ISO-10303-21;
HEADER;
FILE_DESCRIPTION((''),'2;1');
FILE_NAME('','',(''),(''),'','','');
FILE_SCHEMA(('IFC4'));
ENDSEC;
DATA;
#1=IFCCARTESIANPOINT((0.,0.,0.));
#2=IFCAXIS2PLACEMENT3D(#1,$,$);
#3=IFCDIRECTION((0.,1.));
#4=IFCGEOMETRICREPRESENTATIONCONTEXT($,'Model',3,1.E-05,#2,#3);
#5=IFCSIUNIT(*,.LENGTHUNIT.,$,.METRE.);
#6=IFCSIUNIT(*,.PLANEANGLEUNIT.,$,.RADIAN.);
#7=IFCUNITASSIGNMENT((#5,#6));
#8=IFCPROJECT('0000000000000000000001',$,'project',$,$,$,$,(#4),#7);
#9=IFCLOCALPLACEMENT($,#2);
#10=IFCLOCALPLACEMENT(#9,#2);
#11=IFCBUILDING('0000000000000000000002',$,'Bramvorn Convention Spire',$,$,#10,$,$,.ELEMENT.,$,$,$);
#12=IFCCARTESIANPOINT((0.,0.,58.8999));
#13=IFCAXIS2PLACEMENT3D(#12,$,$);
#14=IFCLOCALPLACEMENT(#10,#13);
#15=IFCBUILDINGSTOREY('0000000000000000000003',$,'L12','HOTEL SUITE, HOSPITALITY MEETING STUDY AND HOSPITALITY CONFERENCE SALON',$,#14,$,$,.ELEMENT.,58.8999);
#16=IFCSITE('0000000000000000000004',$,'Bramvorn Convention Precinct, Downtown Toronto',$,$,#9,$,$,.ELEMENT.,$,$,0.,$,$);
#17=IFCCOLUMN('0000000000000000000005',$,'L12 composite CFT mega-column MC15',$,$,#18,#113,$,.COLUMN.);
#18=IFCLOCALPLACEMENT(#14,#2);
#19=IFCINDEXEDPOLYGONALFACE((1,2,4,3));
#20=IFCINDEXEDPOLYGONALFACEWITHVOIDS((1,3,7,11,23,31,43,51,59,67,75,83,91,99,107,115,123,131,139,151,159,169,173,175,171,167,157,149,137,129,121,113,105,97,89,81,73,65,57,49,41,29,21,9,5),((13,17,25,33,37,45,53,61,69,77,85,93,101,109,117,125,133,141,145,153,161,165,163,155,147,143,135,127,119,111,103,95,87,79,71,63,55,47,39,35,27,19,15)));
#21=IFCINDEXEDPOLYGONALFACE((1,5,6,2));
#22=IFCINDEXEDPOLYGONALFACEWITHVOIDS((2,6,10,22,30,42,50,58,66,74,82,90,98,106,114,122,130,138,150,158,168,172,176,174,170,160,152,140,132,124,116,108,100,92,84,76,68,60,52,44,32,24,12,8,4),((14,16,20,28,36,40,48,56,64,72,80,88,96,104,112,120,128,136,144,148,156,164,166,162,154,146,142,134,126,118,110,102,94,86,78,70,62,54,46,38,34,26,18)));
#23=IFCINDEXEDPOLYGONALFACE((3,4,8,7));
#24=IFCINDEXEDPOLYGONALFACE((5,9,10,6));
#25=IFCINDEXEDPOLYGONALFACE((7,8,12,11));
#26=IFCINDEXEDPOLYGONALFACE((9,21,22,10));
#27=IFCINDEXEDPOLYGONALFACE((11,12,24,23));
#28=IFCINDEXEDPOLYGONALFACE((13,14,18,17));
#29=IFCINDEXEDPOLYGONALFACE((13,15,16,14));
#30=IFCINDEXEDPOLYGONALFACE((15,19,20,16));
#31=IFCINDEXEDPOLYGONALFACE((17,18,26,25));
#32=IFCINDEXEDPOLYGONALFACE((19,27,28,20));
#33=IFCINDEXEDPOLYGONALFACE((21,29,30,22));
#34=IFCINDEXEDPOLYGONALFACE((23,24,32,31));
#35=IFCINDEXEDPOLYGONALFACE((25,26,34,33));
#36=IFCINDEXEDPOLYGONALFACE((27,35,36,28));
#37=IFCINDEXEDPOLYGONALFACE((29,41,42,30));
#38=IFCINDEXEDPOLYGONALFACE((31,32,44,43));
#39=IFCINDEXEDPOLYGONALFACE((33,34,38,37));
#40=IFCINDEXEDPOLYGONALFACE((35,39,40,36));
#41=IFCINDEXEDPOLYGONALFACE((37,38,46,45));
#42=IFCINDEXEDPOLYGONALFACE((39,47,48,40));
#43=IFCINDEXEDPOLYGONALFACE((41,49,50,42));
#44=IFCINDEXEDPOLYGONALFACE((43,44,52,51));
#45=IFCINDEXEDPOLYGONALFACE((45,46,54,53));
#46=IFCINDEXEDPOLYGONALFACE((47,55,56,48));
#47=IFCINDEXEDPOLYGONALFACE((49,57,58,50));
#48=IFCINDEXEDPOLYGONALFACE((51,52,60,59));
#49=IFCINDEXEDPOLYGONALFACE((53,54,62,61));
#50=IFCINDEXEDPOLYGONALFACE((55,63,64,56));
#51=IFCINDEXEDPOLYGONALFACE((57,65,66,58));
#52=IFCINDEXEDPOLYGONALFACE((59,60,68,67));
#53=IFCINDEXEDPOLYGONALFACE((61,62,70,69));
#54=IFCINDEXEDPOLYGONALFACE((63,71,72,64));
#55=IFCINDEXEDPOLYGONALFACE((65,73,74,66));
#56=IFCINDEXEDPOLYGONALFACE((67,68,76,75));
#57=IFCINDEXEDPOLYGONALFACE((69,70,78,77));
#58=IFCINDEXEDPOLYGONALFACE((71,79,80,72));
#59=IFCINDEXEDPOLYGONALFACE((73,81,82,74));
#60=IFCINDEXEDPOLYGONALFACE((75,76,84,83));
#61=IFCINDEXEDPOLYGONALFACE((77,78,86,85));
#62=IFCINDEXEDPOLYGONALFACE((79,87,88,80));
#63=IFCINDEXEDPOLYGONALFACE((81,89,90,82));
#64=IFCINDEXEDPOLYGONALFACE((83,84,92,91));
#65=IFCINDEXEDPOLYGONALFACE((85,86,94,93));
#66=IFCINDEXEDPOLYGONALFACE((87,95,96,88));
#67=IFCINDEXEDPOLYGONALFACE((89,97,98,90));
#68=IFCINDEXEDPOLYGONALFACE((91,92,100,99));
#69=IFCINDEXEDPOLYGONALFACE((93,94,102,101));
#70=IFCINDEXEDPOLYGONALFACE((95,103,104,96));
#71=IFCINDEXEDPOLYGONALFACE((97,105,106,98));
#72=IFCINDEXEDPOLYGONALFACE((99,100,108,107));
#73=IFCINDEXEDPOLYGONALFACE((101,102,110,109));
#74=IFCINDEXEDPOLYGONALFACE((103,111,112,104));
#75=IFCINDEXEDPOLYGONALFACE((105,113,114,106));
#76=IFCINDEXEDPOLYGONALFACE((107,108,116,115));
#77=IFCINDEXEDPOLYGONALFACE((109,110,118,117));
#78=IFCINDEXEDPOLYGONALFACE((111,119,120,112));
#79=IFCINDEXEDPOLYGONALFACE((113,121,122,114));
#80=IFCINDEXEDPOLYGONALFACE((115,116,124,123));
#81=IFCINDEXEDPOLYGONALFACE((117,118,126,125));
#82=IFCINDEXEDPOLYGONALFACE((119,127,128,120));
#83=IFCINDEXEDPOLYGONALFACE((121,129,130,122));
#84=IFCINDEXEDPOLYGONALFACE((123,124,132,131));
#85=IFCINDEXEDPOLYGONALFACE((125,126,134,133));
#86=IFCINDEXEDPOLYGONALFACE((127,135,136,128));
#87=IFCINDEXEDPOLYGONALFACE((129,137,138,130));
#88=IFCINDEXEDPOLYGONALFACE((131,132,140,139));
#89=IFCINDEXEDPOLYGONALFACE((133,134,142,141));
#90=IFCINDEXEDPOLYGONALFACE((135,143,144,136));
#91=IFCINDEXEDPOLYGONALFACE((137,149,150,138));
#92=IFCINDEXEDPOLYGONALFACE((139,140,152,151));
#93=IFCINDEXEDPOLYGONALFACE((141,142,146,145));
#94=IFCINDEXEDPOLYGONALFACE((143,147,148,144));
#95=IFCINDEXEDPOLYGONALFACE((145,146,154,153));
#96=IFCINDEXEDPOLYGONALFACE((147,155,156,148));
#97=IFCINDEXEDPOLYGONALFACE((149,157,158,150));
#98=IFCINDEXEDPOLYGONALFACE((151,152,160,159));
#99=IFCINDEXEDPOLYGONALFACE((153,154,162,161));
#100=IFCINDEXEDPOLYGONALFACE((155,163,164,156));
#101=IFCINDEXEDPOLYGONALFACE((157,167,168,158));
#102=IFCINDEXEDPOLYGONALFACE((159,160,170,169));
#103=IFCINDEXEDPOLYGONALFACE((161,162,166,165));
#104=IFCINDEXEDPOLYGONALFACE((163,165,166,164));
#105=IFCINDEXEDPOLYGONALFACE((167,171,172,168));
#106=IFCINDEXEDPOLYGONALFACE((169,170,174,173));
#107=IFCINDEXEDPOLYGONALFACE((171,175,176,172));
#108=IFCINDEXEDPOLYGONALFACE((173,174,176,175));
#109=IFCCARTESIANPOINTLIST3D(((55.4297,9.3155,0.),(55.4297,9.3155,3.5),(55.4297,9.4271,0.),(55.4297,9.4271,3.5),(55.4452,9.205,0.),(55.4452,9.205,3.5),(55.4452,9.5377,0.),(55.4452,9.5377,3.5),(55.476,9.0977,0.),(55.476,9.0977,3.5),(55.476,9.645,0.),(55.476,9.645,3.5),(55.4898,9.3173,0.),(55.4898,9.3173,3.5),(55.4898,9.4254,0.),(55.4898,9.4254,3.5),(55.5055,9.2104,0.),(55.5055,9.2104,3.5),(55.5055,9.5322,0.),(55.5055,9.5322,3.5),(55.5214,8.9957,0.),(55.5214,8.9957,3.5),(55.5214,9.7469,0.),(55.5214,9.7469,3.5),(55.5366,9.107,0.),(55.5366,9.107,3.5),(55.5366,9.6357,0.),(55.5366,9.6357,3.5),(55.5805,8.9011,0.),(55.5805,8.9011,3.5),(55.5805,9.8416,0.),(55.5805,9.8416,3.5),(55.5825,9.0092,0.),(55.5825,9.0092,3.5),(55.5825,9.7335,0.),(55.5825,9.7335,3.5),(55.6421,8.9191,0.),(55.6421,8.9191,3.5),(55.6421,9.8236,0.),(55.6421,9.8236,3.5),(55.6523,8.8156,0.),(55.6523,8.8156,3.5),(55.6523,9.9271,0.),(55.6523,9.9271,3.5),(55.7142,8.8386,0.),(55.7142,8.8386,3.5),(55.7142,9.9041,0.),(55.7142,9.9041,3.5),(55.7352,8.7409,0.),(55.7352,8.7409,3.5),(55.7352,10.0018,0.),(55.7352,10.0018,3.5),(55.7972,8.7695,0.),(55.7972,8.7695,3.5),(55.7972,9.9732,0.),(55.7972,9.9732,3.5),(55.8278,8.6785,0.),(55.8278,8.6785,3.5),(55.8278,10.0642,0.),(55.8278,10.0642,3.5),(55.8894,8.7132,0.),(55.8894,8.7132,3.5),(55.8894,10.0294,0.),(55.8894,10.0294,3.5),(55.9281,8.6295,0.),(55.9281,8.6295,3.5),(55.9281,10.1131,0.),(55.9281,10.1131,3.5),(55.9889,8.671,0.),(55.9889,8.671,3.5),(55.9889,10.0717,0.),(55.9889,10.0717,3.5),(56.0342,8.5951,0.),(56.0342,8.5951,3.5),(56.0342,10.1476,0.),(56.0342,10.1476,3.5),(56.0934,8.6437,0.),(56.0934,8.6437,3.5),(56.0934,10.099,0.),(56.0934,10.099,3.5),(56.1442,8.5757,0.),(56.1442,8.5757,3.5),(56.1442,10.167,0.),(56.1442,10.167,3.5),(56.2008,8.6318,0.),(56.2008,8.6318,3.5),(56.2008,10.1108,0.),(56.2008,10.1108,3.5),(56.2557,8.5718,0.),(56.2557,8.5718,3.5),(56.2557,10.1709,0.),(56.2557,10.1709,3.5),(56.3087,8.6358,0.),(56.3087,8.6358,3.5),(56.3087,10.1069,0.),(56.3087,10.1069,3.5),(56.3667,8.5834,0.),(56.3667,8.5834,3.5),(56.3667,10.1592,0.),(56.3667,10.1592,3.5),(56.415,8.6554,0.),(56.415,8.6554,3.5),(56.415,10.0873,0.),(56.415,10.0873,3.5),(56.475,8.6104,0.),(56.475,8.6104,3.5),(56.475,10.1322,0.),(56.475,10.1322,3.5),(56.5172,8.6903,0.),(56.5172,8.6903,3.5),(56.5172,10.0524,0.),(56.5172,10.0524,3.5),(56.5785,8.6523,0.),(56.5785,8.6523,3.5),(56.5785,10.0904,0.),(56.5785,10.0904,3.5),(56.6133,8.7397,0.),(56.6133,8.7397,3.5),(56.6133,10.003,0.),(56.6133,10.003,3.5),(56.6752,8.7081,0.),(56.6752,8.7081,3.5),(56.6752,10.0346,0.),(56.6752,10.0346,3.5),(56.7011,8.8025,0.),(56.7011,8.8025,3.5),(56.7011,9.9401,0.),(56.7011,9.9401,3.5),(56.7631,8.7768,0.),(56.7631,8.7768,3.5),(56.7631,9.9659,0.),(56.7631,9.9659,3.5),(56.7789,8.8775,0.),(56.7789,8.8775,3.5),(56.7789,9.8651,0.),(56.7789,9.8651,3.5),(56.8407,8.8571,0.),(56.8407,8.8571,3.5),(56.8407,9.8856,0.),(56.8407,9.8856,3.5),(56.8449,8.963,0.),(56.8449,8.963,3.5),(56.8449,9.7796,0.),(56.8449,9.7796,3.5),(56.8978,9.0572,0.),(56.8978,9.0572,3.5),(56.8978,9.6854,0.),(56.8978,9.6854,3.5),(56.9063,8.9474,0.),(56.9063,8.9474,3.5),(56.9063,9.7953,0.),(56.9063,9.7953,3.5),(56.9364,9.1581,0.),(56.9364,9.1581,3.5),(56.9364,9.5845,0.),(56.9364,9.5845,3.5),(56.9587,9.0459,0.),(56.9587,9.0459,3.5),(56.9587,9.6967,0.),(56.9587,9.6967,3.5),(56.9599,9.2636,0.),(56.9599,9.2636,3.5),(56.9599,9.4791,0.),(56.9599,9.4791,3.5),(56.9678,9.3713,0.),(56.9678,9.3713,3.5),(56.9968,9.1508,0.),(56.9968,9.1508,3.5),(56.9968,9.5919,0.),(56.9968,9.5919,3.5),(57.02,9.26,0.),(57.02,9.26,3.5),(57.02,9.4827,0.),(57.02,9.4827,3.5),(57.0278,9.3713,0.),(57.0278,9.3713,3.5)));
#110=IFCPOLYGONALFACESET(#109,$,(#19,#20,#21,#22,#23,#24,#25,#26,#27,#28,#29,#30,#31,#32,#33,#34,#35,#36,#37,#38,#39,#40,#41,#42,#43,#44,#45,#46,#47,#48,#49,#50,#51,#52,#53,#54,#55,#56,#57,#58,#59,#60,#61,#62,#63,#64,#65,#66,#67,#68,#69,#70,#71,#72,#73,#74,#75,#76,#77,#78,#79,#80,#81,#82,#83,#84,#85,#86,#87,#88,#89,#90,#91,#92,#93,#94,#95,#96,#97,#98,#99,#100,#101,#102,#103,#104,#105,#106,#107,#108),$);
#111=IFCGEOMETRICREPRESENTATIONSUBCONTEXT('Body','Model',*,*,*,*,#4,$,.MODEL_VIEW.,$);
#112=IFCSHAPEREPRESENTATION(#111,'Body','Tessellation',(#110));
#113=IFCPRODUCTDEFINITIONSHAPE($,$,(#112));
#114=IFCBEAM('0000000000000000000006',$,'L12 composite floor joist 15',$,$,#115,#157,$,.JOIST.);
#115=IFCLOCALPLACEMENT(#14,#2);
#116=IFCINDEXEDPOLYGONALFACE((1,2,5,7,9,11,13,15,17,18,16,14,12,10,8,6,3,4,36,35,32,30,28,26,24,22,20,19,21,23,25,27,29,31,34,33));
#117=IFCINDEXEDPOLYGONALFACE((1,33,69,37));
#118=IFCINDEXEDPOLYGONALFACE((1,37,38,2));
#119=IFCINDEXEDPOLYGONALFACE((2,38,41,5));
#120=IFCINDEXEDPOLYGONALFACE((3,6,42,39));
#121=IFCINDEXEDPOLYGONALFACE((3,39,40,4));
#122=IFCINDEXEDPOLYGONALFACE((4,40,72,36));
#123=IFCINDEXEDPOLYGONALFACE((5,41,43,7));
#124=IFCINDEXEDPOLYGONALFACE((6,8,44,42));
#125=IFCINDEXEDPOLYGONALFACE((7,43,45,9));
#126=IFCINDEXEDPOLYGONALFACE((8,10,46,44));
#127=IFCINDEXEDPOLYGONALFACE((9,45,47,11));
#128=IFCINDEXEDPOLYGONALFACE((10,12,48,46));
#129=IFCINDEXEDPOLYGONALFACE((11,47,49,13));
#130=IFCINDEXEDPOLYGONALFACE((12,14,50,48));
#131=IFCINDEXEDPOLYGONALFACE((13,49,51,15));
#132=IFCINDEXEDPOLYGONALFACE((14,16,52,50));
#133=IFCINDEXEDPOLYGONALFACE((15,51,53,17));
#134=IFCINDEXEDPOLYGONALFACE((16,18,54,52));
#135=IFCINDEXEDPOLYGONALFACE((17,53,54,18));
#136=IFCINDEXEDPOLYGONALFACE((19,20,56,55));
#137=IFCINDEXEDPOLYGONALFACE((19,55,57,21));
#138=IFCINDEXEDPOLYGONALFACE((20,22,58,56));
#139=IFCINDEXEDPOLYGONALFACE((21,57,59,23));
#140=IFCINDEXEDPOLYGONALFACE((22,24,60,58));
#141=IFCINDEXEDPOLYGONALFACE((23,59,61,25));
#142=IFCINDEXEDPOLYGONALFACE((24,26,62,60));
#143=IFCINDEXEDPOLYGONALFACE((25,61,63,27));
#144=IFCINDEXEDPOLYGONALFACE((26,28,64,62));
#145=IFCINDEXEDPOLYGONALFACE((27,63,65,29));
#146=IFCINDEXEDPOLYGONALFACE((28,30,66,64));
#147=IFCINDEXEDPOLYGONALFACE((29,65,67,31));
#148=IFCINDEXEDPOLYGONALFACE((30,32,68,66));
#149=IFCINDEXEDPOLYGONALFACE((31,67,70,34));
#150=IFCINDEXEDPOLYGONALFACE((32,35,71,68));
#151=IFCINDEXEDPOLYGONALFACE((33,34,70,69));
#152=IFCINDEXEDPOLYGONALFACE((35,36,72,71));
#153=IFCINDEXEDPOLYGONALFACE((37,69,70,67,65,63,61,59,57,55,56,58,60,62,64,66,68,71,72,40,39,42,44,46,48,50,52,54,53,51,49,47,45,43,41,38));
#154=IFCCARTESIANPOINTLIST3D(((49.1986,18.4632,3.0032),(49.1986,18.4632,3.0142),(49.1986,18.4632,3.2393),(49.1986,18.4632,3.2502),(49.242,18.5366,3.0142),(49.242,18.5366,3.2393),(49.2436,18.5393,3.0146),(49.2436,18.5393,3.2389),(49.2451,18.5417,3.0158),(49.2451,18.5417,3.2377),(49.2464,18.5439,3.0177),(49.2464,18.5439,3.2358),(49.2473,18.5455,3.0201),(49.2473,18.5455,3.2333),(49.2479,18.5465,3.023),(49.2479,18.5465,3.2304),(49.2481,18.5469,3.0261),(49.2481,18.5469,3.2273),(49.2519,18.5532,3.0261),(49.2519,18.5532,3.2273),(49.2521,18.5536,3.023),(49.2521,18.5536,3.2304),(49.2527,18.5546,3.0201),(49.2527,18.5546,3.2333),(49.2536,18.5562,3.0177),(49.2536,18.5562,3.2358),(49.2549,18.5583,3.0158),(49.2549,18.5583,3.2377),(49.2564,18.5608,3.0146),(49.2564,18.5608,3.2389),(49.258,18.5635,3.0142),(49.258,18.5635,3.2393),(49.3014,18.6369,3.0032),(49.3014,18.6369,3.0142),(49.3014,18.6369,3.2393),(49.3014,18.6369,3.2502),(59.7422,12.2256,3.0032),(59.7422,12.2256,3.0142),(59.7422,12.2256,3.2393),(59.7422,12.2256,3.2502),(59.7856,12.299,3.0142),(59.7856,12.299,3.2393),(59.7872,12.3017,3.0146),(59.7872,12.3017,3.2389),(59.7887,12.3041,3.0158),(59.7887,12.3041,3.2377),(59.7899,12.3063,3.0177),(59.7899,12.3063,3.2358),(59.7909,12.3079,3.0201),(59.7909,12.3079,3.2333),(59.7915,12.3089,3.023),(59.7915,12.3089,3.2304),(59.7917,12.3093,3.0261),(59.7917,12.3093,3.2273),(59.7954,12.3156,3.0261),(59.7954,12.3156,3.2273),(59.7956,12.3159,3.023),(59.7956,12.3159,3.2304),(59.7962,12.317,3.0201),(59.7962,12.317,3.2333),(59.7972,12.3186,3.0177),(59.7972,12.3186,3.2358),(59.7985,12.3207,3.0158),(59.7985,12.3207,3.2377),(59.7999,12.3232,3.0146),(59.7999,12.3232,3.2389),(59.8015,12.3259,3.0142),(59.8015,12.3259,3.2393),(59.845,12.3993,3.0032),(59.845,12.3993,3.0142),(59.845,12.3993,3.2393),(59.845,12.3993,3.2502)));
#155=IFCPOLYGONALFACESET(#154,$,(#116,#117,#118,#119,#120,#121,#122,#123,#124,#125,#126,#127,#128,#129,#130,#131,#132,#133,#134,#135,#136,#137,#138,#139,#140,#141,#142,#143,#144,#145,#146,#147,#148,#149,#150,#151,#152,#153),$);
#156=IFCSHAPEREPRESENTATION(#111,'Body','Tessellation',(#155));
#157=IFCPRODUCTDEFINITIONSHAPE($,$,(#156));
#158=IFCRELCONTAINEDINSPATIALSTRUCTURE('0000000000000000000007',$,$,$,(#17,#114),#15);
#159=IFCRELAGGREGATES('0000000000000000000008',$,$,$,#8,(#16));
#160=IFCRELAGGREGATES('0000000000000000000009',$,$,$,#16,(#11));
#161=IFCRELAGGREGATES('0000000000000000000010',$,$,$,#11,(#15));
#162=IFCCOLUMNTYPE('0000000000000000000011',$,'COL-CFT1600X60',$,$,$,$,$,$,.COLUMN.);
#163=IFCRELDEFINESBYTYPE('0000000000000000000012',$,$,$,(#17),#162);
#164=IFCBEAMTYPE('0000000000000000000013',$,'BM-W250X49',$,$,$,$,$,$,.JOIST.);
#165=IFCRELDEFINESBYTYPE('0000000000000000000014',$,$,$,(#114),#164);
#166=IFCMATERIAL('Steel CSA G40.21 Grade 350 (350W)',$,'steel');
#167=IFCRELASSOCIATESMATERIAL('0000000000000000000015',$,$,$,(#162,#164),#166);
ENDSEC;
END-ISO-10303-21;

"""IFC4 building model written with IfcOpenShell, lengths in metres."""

from ifc_helpers import new_model, si_unit, direction, frame, origin, origin_2d, place, context, subcontext, project, spatial, hollow_circle, i_section, extrude, material, material_profile, profile_set, type_object, element, save


model = new_model("IFC4")

# Units and contexts
model_context = context("Model", 3, precision=1e-05, world=origin(), true_north=direction((0.0, 1.0)))
body_context = subcontext(model_context, "Body", "Model", "MODEL_VIEW")
ifc_project = project(units=[si_unit("LENGTHUNIT", "METRE"), si_unit("PLANEANGLEUNIT", "RADIAN")], contexts=[model_context])

# Site, building, storey
site_placement = place(None, origin())
site = spatial("IfcSite", under=ifc_project, at=site_placement, Name="Bramvorn Convention Precinct, Downtown Toronto", CompositionType="ELEMENT", RefElevation=0.0)
building_placement = place(site_placement, origin())
building = spatial("IfcBuilding", under=site, at=building_placement, Name="Bramvorn Convention Spire", CompositionType="ELEMENT")
storey_placement = place(building_placement, frame((0.0, 0.0, 58.8999)))
storey = spatial("IfcBuildingStorey", under=building, at=storey_placement, Name="L12", Description="HOTEL SUITE, HOSPITALITY MEETING STUDY AND HOSPITALITY CONFERENCE SALON", CompositionType="ELEMENT", Elevation=58.8999)

# Column
ifc_material_1 = material(Name="Steel CSA G40.21 Grade 350 (350W)", Category="steel")
ifc_material_profile_1 = material_profile(ifc_material_1, hollow_circle(Radius=0.8, WallThickness=0.0601, at=origin_2d()))
ifc_profile_set_1 = profile_set([ifc_material_profile_1], Name="Steel CSA G40.21 Grade 350 (350W) - CFT1600X60")
column_type = type_object("IfcColumnType", Name="COL-CFT1600X60", PredefinedType="COLUMN", material=ifc_profile_set_1)
column_placement = place(storey_placement, frame((56.2278, 9.3713, 0.0), z_axis=(0.0, 0.0, 1.0), x_axis=(1.0, 0.0, 0.0)))
element("IfcColumn", 1, at=column_placement, inside=storey, type_object=column_type, Name="L12 composite CFT mega-column MC15", PredefinedType="COLUMN", context=body_context, shape_type="SweptSolid", body=[
    extrude(hollow_circle(Radius=0.8, WallThickness=0.0601, at=origin_2d()), origin(), (0.0, 0.0, 1.0), 3.5),
])

# Beam
ifc_material_profile_2 = material_profile(ifc_material_1, i_section(OverallWidth=0.2019, OverallDepth=0.2471, WebThickness=0.0073, FlangeThickness=0.011, FilletRadius=0.012, at=origin_2d()))
ifc_profile_set_2 = profile_set([ifc_material_profile_2], Name="Steel CSA G40.21 Grade 350 (350W) - W250X49")
beam_type_1 = type_object("IfcBeamType", Name="BM-W250X49", PredefinedType="JOIST", material=ifc_profile_set_2)
beam_1_placement = place(storey_placement, frame((49.25, 18.55, 3.1267), z_axis=(0.860665, -0.509172, 0.0), x_axis=(0.509172, 0.860665, 0.0)))
element("IfcBeam", 2, at=beam_1_placement, inside=storey, type_object=beam_type_1, Name="L12 composite floor joist 15", PredefinedType="JOIST", context=body_context, shape_type="SweptSolid", body=[
    extrude(i_section(OverallWidth=0.2019, OverallDepth=0.2471, WebThickness=0.0073, FlangeThickness=0.011, FilletRadius=0.012, at=origin_2d()), origin(), (0.0, 0.0, 1.0), 12.2505),
])

save(model, "model.ifc")
